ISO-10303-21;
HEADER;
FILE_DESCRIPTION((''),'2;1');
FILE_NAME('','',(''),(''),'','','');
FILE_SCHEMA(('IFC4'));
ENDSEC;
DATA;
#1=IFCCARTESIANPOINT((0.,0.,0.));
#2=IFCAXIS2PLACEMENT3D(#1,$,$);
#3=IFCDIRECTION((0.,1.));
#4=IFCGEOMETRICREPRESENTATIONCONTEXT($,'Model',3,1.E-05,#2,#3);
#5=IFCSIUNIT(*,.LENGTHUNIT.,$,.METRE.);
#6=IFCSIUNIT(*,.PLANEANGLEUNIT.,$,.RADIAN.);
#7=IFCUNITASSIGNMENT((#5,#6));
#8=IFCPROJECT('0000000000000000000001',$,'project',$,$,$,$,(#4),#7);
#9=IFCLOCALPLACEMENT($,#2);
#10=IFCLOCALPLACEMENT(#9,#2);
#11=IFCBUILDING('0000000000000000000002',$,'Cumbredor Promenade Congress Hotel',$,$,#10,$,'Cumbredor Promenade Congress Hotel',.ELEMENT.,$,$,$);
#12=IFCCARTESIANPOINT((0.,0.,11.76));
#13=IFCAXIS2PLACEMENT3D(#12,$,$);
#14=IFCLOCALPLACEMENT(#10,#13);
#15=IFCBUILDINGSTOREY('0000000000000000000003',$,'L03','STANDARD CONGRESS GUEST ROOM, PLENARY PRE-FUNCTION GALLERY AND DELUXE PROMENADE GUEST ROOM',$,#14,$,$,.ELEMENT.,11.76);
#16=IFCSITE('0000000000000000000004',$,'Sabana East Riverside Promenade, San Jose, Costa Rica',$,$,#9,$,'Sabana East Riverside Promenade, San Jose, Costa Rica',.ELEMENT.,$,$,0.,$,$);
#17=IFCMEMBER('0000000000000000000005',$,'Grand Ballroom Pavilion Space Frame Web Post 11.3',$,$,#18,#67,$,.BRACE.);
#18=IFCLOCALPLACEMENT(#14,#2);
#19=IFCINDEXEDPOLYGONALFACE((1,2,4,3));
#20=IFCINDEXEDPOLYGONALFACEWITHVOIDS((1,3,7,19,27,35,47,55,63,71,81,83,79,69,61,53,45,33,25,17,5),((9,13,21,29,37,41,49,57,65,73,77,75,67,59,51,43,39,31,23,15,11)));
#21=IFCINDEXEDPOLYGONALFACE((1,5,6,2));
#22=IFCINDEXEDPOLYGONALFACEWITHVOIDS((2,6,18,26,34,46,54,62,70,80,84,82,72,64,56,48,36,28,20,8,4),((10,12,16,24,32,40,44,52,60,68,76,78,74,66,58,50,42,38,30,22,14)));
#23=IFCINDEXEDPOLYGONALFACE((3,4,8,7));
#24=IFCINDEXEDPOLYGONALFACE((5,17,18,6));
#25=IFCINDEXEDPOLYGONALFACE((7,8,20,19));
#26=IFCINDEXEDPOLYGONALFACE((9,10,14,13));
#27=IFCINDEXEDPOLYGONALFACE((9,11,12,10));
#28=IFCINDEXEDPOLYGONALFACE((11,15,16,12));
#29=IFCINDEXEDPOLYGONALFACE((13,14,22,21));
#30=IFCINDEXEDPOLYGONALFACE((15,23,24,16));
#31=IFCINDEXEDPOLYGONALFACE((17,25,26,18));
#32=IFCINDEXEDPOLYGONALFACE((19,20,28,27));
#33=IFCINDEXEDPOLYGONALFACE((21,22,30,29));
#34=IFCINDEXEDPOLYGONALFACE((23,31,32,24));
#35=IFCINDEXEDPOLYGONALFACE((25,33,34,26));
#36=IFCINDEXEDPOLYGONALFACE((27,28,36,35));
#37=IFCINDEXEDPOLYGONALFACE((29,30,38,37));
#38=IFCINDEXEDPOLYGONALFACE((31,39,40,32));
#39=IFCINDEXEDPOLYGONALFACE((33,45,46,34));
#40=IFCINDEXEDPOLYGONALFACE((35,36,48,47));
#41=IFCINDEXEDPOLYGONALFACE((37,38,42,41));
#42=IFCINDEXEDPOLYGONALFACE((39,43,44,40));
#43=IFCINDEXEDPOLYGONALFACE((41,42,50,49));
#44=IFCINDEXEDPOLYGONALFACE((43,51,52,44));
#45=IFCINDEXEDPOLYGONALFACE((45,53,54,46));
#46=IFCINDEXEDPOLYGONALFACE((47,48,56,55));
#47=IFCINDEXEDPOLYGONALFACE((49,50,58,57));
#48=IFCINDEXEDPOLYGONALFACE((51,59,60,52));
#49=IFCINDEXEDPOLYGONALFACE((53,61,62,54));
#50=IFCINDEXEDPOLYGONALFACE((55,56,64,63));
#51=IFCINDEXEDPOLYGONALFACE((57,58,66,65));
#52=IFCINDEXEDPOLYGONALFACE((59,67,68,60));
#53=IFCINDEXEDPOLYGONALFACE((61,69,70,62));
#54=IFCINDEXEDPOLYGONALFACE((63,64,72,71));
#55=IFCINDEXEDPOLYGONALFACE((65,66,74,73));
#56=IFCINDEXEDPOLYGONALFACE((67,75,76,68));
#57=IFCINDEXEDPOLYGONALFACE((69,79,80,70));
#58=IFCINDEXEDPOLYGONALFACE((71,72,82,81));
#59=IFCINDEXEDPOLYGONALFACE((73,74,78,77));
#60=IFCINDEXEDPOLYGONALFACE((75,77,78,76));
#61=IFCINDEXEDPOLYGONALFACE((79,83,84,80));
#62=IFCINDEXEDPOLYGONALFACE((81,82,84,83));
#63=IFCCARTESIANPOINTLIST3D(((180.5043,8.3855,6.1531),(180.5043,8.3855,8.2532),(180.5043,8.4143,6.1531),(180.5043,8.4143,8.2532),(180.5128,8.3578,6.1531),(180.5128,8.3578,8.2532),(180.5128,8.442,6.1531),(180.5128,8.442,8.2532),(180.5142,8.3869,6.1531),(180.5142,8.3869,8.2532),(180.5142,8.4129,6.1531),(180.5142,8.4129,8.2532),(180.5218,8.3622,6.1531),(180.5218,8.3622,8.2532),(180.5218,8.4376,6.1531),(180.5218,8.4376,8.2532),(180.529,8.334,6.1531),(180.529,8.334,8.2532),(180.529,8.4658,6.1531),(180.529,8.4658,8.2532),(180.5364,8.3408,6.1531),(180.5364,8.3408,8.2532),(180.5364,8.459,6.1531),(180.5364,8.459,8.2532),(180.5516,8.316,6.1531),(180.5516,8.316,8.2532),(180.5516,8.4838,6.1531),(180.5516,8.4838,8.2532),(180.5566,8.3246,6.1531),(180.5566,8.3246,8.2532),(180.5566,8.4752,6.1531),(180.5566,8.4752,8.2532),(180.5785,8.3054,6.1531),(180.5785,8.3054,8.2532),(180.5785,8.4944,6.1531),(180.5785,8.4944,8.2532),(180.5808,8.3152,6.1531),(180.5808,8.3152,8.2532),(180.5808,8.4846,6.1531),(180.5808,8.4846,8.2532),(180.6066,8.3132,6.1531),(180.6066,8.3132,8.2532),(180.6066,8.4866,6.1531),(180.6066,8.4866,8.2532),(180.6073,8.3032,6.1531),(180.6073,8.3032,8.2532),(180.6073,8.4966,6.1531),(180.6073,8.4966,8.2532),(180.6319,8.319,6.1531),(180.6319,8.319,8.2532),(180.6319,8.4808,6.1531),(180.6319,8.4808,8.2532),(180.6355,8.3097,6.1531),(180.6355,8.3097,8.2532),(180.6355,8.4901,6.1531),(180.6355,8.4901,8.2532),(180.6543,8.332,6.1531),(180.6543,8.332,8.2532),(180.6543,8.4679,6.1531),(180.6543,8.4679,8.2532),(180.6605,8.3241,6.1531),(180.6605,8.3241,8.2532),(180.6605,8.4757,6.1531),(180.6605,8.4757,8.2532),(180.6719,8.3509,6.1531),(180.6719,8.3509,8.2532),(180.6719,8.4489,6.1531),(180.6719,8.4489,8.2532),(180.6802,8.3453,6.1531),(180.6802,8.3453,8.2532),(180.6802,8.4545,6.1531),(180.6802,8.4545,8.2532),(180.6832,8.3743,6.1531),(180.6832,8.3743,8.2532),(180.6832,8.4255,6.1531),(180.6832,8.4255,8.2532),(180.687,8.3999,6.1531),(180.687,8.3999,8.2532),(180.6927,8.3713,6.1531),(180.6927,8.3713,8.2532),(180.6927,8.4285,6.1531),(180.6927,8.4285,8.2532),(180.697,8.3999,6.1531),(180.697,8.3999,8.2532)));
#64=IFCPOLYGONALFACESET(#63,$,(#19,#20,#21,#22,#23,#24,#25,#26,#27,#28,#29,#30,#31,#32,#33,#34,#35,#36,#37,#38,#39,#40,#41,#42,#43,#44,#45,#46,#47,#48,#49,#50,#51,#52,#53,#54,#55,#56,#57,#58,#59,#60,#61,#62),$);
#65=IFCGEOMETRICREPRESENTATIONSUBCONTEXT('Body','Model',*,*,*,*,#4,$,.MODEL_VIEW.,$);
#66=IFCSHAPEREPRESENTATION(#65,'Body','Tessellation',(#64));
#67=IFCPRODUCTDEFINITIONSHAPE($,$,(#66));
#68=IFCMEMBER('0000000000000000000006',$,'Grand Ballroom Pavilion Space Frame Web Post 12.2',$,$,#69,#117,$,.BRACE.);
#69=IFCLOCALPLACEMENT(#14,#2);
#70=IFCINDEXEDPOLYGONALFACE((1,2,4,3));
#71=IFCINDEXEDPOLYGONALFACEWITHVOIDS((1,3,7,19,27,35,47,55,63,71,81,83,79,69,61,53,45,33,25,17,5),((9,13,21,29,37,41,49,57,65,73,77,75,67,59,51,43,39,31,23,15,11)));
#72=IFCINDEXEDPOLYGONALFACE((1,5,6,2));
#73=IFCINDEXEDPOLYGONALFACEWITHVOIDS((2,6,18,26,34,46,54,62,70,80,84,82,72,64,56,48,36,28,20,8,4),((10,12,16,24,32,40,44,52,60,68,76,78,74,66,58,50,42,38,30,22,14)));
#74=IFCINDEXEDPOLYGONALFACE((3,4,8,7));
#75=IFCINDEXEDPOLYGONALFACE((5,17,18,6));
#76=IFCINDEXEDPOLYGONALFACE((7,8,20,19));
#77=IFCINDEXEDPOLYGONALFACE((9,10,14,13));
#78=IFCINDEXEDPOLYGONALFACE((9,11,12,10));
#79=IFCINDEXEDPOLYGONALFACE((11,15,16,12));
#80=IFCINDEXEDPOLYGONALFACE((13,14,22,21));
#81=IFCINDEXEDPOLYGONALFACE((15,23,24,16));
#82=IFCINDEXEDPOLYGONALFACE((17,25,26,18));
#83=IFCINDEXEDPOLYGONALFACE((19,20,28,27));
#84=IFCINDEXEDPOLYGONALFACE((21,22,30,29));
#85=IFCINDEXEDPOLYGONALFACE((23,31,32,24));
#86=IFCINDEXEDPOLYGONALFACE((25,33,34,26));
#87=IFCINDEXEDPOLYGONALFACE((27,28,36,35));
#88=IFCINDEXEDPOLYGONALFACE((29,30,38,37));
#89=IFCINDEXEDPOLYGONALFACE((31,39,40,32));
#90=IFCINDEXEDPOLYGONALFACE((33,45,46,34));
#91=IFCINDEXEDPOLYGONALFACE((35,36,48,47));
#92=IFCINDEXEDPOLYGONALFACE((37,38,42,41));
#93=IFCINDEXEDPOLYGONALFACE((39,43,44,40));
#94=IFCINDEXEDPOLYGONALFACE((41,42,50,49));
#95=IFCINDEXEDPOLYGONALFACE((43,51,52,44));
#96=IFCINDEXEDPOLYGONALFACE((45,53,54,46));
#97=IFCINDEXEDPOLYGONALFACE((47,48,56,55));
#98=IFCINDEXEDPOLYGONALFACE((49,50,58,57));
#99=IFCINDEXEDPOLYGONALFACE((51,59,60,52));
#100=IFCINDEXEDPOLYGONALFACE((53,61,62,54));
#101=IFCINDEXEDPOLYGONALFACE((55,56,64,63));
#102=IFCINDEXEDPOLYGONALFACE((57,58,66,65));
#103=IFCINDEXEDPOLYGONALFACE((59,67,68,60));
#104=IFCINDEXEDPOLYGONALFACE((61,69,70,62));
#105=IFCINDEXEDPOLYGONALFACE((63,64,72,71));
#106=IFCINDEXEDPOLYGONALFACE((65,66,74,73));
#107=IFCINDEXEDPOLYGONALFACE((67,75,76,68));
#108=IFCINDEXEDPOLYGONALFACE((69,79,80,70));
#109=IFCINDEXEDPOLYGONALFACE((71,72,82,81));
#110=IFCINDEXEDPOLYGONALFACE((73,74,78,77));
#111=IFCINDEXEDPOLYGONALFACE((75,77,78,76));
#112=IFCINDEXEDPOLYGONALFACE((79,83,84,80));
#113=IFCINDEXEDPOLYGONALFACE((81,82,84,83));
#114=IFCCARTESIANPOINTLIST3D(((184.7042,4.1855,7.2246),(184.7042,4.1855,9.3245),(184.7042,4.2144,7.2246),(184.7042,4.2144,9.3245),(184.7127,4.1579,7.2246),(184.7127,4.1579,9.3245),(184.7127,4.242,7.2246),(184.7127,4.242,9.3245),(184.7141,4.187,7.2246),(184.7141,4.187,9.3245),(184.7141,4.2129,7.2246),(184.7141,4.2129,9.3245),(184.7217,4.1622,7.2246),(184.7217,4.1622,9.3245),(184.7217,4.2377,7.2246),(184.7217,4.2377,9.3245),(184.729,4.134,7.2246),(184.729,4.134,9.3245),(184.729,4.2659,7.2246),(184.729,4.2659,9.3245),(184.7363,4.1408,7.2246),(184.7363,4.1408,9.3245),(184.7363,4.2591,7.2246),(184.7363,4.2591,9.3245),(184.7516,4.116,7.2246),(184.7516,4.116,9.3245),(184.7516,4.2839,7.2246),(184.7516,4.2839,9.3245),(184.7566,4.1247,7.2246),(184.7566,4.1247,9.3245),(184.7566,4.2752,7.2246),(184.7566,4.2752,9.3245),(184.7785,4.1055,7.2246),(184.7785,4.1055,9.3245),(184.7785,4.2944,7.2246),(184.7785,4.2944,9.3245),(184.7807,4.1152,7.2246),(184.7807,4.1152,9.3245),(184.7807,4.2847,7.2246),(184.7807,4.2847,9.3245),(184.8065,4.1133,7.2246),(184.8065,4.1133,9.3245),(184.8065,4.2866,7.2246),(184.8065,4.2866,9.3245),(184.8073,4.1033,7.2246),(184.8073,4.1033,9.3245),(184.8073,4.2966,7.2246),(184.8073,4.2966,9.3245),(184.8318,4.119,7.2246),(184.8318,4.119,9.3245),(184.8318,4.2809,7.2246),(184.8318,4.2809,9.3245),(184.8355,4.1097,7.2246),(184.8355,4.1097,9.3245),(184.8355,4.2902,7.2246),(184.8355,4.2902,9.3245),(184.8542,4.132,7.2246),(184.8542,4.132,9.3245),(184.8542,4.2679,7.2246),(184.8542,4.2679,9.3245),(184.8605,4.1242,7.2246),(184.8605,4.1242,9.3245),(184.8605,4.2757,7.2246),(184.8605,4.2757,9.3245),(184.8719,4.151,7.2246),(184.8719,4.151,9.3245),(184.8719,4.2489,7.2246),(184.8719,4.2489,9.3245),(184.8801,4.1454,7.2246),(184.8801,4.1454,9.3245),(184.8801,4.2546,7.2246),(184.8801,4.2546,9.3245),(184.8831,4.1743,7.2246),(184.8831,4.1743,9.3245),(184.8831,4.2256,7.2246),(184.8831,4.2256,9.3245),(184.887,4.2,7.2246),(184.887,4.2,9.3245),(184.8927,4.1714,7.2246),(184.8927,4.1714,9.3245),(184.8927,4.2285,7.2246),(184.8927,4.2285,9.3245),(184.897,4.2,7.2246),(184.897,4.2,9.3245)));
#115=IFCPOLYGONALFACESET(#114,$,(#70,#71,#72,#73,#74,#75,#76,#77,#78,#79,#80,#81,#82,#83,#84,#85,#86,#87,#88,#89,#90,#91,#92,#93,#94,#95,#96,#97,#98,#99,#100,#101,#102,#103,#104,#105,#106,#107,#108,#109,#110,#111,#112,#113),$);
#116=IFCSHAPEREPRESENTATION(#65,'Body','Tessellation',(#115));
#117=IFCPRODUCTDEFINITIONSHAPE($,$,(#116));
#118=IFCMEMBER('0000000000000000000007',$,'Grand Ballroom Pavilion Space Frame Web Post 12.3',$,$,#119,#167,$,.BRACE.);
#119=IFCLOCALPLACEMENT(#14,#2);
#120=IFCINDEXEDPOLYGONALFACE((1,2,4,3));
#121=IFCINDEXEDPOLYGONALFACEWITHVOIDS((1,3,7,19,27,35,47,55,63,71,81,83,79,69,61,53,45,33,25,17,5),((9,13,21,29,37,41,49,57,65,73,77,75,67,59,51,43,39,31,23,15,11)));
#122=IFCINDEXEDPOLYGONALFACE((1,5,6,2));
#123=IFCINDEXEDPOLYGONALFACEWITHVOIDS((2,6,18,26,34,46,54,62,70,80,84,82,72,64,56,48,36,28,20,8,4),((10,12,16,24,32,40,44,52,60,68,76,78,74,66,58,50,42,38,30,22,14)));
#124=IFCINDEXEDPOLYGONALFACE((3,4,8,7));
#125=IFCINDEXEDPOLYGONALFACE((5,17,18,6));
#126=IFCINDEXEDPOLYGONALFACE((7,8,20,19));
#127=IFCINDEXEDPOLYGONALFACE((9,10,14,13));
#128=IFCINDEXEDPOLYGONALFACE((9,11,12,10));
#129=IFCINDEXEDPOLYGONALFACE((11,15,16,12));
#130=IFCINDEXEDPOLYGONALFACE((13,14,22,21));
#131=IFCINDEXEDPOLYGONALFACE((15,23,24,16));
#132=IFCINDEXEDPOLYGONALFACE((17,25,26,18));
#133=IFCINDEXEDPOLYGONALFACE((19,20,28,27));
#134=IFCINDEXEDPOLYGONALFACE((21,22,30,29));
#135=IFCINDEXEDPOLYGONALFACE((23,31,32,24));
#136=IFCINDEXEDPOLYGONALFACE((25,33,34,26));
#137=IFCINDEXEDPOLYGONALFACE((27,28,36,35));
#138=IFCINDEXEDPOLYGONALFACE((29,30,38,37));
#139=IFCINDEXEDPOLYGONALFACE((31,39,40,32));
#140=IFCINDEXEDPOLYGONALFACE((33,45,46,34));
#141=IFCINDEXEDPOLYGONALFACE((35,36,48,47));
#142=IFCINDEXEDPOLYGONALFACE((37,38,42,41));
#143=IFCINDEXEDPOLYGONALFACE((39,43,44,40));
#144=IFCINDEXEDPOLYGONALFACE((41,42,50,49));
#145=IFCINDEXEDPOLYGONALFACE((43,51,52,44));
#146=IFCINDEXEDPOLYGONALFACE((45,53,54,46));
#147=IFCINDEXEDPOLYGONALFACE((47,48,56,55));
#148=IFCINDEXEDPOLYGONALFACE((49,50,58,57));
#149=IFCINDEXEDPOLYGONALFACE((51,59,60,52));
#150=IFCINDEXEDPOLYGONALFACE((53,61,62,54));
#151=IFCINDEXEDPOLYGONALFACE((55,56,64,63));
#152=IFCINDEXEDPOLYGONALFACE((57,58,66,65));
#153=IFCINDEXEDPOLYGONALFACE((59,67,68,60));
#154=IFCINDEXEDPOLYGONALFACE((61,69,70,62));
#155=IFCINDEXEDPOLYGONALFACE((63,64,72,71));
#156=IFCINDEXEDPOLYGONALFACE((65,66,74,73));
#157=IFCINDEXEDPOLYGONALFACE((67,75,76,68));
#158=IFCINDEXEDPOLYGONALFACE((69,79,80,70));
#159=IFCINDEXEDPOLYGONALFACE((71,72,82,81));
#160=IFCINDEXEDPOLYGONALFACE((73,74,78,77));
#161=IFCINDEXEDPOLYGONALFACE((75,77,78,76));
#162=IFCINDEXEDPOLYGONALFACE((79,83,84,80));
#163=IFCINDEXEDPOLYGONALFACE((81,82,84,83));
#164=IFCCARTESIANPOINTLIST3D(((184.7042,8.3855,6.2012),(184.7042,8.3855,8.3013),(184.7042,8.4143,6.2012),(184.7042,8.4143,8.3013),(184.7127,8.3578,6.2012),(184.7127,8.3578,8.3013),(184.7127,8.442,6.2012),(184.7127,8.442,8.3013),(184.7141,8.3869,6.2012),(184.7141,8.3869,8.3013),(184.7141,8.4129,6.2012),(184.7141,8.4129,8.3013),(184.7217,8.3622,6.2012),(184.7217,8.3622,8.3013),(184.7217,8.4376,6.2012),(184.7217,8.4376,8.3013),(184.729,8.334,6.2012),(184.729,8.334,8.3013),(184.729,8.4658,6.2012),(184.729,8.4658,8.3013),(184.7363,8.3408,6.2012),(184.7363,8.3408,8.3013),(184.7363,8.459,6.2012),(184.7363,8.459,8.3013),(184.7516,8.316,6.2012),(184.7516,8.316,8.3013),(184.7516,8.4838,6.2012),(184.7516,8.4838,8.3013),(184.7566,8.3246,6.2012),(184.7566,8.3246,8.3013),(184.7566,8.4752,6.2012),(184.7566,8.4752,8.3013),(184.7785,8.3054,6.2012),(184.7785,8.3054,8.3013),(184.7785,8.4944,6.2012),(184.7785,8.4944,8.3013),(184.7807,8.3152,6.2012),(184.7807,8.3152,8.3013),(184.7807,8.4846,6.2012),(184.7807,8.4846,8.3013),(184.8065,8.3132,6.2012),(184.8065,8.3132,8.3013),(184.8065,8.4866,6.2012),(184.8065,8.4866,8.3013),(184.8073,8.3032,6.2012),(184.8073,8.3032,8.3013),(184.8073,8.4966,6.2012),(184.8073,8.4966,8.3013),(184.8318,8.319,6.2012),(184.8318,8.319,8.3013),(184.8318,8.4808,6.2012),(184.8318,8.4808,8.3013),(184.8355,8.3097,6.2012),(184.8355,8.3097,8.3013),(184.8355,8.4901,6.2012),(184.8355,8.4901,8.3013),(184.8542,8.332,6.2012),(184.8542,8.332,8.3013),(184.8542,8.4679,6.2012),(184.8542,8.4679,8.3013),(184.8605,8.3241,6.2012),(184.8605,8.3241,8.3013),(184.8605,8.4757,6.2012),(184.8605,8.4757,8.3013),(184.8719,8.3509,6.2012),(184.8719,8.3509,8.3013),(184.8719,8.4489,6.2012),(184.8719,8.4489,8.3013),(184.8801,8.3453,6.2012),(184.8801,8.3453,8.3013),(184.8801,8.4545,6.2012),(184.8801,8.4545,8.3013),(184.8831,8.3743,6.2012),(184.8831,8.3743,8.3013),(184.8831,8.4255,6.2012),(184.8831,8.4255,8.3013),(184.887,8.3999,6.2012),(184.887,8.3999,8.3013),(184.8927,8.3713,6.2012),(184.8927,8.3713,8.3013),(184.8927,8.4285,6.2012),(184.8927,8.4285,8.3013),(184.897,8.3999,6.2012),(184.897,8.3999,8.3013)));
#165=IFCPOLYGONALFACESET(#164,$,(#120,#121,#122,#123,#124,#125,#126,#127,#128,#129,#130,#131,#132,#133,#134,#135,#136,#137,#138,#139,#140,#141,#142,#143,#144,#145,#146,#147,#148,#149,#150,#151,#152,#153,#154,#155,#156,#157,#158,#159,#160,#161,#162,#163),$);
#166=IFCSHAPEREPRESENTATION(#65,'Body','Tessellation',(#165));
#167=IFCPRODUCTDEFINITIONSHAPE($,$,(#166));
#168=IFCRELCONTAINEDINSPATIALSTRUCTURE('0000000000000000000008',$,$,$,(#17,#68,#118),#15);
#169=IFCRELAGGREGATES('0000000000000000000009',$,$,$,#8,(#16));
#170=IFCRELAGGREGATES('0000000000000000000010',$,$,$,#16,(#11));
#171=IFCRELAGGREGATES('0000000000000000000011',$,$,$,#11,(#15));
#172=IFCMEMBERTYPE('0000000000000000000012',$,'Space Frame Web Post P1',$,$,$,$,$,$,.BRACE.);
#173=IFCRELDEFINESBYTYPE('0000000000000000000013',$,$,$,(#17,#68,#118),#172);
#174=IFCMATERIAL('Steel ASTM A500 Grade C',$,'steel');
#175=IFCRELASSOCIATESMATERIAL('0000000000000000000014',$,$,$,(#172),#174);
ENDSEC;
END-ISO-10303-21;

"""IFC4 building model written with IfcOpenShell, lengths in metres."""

from ifc_helpers import new_model, si_unit, direction, frame, origin, origin_2d, place, context, subcontext, project, spatial, hollow_circle, extrude, material, material_profile, profile_set, type_object, element, save


model = new_model("IFC4")

# Units and contexts
model_context = context("Model", 3, precision=1e-05, world=origin(), true_north=direction((0.0, 1.0)))
body_context = subcontext(model_context, "Body", "Model", "MODEL_VIEW")
ifc_project = project(units=[si_unit("LENGTHUNIT", "METRE"), si_unit("PLANEANGLEUNIT", "RADIAN")], contexts=[model_context])

# Site, building, storey
site_placement = place(None, origin())
site = spatial("IfcSite", under=ifc_project, at=site_placement, Name="Sabana East Riverside Promenade, San Jose, Costa Rica", LongName="Sabana East Riverside Promenade, San Jose, Costa Rica", CompositionType="ELEMENT", RefElevation=0.0)
building_placement = place(site_placement, origin())
building = spatial("IfcBuilding", under=site, at=building_placement, Name="Cumbredor Promenade Congress Hotel", LongName="Cumbredor Promenade Congress Hotel", CompositionType="ELEMENT")
storey_placement = place(building_placement, frame((0.0, 0.0, 11.76)))
storey = spatial("IfcBuildingStorey", under=building, at=storey_placement, Name="L03", Description="STANDARD CONGRESS GUEST ROOM, PLENARY PRE-FUNCTION GALLERY AND DELUXE PROMENADE GUEST ROOM", CompositionType="ELEMENT", Elevation=11.76)

# Shared definitions
ifc_material_1 = material(Name="Steel ASTM A500 Grade C", Category="steel")

# Members
ifc_material_profile_1 = material_profile(ifc_material_1, hollow_circle(Radius=0.0969, WallThickness=0.01, at=origin_2d()), Name="CHS 193.7x10")
ifc_profile_set_1 = profile_set([ifc_material_profile_1], Name="Steel ASTM A500 Grade C")
member_type_1 = type_object("IfcMemberType", Name="Space Frame Web Post P1", PredefinedType="BRACE", material=ifc_profile_set_1)
member_1_placement = place(storey_placement, frame((180.6001, 8.3999, 6.1531), z_axis=(0.0, 0.0, 1.0), x_axis=(1.0, 0.0, 0.0)))
element("IfcMember", 1, at=member_1_placement, inside=storey, type_object=member_type_1, Name="Grand Ballroom Pavilion Space Frame Web Post 11.3", PredefinedType="BRACE", context=body_context, shape_type="SweptSolid", body=[
    extrude(hollow_circle(Radius=0.0969, WallThickness=0.01, at=origin_2d()), origin(), (0.0, 0.0, 1.0), 2.1001),
])
member_2_placement = place(storey_placement, frame((184.8, 4.2, 7.2246), z_axis=(0.0, 0.0, 1.0), x_axis=(1.0, 0.0, 0.0)))
element("IfcMember", 2, at=member_2_placement, inside=storey, type_object=member_type_1, Name="Grand Ballroom Pavilion Space Frame Web Post 12.2", PredefinedType="BRACE", context=body_context, shape_type="SweptSolid", body=[
    extrude(hollow_circle(Radius=0.0969, WallThickness=0.01, at=origin_2d()), origin(), (0.0, 0.0, 1.0), 2.0999),
])
member_3_placement = place(storey_placement, frame((184.8, 8.3999, 6.2012), z_axis=(0.0, 0.0, 1.0), x_axis=(1.0, 0.0, 0.0)))
element("IfcMember", 3, at=member_3_placement, inside=storey, type_object=member_type_1, Name="Grand Ballroom Pavilion Space Frame Web Post 12.3", PredefinedType="BRACE", context=body_context, shape_type="SweptSolid", body=[
    extrude(hollow_circle(Radius=0.0969, WallThickness=0.01, at=origin_2d()), origin(), (0.0, 0.0, 1.0), 2.1001),
])

save(model, "model.ifc")
